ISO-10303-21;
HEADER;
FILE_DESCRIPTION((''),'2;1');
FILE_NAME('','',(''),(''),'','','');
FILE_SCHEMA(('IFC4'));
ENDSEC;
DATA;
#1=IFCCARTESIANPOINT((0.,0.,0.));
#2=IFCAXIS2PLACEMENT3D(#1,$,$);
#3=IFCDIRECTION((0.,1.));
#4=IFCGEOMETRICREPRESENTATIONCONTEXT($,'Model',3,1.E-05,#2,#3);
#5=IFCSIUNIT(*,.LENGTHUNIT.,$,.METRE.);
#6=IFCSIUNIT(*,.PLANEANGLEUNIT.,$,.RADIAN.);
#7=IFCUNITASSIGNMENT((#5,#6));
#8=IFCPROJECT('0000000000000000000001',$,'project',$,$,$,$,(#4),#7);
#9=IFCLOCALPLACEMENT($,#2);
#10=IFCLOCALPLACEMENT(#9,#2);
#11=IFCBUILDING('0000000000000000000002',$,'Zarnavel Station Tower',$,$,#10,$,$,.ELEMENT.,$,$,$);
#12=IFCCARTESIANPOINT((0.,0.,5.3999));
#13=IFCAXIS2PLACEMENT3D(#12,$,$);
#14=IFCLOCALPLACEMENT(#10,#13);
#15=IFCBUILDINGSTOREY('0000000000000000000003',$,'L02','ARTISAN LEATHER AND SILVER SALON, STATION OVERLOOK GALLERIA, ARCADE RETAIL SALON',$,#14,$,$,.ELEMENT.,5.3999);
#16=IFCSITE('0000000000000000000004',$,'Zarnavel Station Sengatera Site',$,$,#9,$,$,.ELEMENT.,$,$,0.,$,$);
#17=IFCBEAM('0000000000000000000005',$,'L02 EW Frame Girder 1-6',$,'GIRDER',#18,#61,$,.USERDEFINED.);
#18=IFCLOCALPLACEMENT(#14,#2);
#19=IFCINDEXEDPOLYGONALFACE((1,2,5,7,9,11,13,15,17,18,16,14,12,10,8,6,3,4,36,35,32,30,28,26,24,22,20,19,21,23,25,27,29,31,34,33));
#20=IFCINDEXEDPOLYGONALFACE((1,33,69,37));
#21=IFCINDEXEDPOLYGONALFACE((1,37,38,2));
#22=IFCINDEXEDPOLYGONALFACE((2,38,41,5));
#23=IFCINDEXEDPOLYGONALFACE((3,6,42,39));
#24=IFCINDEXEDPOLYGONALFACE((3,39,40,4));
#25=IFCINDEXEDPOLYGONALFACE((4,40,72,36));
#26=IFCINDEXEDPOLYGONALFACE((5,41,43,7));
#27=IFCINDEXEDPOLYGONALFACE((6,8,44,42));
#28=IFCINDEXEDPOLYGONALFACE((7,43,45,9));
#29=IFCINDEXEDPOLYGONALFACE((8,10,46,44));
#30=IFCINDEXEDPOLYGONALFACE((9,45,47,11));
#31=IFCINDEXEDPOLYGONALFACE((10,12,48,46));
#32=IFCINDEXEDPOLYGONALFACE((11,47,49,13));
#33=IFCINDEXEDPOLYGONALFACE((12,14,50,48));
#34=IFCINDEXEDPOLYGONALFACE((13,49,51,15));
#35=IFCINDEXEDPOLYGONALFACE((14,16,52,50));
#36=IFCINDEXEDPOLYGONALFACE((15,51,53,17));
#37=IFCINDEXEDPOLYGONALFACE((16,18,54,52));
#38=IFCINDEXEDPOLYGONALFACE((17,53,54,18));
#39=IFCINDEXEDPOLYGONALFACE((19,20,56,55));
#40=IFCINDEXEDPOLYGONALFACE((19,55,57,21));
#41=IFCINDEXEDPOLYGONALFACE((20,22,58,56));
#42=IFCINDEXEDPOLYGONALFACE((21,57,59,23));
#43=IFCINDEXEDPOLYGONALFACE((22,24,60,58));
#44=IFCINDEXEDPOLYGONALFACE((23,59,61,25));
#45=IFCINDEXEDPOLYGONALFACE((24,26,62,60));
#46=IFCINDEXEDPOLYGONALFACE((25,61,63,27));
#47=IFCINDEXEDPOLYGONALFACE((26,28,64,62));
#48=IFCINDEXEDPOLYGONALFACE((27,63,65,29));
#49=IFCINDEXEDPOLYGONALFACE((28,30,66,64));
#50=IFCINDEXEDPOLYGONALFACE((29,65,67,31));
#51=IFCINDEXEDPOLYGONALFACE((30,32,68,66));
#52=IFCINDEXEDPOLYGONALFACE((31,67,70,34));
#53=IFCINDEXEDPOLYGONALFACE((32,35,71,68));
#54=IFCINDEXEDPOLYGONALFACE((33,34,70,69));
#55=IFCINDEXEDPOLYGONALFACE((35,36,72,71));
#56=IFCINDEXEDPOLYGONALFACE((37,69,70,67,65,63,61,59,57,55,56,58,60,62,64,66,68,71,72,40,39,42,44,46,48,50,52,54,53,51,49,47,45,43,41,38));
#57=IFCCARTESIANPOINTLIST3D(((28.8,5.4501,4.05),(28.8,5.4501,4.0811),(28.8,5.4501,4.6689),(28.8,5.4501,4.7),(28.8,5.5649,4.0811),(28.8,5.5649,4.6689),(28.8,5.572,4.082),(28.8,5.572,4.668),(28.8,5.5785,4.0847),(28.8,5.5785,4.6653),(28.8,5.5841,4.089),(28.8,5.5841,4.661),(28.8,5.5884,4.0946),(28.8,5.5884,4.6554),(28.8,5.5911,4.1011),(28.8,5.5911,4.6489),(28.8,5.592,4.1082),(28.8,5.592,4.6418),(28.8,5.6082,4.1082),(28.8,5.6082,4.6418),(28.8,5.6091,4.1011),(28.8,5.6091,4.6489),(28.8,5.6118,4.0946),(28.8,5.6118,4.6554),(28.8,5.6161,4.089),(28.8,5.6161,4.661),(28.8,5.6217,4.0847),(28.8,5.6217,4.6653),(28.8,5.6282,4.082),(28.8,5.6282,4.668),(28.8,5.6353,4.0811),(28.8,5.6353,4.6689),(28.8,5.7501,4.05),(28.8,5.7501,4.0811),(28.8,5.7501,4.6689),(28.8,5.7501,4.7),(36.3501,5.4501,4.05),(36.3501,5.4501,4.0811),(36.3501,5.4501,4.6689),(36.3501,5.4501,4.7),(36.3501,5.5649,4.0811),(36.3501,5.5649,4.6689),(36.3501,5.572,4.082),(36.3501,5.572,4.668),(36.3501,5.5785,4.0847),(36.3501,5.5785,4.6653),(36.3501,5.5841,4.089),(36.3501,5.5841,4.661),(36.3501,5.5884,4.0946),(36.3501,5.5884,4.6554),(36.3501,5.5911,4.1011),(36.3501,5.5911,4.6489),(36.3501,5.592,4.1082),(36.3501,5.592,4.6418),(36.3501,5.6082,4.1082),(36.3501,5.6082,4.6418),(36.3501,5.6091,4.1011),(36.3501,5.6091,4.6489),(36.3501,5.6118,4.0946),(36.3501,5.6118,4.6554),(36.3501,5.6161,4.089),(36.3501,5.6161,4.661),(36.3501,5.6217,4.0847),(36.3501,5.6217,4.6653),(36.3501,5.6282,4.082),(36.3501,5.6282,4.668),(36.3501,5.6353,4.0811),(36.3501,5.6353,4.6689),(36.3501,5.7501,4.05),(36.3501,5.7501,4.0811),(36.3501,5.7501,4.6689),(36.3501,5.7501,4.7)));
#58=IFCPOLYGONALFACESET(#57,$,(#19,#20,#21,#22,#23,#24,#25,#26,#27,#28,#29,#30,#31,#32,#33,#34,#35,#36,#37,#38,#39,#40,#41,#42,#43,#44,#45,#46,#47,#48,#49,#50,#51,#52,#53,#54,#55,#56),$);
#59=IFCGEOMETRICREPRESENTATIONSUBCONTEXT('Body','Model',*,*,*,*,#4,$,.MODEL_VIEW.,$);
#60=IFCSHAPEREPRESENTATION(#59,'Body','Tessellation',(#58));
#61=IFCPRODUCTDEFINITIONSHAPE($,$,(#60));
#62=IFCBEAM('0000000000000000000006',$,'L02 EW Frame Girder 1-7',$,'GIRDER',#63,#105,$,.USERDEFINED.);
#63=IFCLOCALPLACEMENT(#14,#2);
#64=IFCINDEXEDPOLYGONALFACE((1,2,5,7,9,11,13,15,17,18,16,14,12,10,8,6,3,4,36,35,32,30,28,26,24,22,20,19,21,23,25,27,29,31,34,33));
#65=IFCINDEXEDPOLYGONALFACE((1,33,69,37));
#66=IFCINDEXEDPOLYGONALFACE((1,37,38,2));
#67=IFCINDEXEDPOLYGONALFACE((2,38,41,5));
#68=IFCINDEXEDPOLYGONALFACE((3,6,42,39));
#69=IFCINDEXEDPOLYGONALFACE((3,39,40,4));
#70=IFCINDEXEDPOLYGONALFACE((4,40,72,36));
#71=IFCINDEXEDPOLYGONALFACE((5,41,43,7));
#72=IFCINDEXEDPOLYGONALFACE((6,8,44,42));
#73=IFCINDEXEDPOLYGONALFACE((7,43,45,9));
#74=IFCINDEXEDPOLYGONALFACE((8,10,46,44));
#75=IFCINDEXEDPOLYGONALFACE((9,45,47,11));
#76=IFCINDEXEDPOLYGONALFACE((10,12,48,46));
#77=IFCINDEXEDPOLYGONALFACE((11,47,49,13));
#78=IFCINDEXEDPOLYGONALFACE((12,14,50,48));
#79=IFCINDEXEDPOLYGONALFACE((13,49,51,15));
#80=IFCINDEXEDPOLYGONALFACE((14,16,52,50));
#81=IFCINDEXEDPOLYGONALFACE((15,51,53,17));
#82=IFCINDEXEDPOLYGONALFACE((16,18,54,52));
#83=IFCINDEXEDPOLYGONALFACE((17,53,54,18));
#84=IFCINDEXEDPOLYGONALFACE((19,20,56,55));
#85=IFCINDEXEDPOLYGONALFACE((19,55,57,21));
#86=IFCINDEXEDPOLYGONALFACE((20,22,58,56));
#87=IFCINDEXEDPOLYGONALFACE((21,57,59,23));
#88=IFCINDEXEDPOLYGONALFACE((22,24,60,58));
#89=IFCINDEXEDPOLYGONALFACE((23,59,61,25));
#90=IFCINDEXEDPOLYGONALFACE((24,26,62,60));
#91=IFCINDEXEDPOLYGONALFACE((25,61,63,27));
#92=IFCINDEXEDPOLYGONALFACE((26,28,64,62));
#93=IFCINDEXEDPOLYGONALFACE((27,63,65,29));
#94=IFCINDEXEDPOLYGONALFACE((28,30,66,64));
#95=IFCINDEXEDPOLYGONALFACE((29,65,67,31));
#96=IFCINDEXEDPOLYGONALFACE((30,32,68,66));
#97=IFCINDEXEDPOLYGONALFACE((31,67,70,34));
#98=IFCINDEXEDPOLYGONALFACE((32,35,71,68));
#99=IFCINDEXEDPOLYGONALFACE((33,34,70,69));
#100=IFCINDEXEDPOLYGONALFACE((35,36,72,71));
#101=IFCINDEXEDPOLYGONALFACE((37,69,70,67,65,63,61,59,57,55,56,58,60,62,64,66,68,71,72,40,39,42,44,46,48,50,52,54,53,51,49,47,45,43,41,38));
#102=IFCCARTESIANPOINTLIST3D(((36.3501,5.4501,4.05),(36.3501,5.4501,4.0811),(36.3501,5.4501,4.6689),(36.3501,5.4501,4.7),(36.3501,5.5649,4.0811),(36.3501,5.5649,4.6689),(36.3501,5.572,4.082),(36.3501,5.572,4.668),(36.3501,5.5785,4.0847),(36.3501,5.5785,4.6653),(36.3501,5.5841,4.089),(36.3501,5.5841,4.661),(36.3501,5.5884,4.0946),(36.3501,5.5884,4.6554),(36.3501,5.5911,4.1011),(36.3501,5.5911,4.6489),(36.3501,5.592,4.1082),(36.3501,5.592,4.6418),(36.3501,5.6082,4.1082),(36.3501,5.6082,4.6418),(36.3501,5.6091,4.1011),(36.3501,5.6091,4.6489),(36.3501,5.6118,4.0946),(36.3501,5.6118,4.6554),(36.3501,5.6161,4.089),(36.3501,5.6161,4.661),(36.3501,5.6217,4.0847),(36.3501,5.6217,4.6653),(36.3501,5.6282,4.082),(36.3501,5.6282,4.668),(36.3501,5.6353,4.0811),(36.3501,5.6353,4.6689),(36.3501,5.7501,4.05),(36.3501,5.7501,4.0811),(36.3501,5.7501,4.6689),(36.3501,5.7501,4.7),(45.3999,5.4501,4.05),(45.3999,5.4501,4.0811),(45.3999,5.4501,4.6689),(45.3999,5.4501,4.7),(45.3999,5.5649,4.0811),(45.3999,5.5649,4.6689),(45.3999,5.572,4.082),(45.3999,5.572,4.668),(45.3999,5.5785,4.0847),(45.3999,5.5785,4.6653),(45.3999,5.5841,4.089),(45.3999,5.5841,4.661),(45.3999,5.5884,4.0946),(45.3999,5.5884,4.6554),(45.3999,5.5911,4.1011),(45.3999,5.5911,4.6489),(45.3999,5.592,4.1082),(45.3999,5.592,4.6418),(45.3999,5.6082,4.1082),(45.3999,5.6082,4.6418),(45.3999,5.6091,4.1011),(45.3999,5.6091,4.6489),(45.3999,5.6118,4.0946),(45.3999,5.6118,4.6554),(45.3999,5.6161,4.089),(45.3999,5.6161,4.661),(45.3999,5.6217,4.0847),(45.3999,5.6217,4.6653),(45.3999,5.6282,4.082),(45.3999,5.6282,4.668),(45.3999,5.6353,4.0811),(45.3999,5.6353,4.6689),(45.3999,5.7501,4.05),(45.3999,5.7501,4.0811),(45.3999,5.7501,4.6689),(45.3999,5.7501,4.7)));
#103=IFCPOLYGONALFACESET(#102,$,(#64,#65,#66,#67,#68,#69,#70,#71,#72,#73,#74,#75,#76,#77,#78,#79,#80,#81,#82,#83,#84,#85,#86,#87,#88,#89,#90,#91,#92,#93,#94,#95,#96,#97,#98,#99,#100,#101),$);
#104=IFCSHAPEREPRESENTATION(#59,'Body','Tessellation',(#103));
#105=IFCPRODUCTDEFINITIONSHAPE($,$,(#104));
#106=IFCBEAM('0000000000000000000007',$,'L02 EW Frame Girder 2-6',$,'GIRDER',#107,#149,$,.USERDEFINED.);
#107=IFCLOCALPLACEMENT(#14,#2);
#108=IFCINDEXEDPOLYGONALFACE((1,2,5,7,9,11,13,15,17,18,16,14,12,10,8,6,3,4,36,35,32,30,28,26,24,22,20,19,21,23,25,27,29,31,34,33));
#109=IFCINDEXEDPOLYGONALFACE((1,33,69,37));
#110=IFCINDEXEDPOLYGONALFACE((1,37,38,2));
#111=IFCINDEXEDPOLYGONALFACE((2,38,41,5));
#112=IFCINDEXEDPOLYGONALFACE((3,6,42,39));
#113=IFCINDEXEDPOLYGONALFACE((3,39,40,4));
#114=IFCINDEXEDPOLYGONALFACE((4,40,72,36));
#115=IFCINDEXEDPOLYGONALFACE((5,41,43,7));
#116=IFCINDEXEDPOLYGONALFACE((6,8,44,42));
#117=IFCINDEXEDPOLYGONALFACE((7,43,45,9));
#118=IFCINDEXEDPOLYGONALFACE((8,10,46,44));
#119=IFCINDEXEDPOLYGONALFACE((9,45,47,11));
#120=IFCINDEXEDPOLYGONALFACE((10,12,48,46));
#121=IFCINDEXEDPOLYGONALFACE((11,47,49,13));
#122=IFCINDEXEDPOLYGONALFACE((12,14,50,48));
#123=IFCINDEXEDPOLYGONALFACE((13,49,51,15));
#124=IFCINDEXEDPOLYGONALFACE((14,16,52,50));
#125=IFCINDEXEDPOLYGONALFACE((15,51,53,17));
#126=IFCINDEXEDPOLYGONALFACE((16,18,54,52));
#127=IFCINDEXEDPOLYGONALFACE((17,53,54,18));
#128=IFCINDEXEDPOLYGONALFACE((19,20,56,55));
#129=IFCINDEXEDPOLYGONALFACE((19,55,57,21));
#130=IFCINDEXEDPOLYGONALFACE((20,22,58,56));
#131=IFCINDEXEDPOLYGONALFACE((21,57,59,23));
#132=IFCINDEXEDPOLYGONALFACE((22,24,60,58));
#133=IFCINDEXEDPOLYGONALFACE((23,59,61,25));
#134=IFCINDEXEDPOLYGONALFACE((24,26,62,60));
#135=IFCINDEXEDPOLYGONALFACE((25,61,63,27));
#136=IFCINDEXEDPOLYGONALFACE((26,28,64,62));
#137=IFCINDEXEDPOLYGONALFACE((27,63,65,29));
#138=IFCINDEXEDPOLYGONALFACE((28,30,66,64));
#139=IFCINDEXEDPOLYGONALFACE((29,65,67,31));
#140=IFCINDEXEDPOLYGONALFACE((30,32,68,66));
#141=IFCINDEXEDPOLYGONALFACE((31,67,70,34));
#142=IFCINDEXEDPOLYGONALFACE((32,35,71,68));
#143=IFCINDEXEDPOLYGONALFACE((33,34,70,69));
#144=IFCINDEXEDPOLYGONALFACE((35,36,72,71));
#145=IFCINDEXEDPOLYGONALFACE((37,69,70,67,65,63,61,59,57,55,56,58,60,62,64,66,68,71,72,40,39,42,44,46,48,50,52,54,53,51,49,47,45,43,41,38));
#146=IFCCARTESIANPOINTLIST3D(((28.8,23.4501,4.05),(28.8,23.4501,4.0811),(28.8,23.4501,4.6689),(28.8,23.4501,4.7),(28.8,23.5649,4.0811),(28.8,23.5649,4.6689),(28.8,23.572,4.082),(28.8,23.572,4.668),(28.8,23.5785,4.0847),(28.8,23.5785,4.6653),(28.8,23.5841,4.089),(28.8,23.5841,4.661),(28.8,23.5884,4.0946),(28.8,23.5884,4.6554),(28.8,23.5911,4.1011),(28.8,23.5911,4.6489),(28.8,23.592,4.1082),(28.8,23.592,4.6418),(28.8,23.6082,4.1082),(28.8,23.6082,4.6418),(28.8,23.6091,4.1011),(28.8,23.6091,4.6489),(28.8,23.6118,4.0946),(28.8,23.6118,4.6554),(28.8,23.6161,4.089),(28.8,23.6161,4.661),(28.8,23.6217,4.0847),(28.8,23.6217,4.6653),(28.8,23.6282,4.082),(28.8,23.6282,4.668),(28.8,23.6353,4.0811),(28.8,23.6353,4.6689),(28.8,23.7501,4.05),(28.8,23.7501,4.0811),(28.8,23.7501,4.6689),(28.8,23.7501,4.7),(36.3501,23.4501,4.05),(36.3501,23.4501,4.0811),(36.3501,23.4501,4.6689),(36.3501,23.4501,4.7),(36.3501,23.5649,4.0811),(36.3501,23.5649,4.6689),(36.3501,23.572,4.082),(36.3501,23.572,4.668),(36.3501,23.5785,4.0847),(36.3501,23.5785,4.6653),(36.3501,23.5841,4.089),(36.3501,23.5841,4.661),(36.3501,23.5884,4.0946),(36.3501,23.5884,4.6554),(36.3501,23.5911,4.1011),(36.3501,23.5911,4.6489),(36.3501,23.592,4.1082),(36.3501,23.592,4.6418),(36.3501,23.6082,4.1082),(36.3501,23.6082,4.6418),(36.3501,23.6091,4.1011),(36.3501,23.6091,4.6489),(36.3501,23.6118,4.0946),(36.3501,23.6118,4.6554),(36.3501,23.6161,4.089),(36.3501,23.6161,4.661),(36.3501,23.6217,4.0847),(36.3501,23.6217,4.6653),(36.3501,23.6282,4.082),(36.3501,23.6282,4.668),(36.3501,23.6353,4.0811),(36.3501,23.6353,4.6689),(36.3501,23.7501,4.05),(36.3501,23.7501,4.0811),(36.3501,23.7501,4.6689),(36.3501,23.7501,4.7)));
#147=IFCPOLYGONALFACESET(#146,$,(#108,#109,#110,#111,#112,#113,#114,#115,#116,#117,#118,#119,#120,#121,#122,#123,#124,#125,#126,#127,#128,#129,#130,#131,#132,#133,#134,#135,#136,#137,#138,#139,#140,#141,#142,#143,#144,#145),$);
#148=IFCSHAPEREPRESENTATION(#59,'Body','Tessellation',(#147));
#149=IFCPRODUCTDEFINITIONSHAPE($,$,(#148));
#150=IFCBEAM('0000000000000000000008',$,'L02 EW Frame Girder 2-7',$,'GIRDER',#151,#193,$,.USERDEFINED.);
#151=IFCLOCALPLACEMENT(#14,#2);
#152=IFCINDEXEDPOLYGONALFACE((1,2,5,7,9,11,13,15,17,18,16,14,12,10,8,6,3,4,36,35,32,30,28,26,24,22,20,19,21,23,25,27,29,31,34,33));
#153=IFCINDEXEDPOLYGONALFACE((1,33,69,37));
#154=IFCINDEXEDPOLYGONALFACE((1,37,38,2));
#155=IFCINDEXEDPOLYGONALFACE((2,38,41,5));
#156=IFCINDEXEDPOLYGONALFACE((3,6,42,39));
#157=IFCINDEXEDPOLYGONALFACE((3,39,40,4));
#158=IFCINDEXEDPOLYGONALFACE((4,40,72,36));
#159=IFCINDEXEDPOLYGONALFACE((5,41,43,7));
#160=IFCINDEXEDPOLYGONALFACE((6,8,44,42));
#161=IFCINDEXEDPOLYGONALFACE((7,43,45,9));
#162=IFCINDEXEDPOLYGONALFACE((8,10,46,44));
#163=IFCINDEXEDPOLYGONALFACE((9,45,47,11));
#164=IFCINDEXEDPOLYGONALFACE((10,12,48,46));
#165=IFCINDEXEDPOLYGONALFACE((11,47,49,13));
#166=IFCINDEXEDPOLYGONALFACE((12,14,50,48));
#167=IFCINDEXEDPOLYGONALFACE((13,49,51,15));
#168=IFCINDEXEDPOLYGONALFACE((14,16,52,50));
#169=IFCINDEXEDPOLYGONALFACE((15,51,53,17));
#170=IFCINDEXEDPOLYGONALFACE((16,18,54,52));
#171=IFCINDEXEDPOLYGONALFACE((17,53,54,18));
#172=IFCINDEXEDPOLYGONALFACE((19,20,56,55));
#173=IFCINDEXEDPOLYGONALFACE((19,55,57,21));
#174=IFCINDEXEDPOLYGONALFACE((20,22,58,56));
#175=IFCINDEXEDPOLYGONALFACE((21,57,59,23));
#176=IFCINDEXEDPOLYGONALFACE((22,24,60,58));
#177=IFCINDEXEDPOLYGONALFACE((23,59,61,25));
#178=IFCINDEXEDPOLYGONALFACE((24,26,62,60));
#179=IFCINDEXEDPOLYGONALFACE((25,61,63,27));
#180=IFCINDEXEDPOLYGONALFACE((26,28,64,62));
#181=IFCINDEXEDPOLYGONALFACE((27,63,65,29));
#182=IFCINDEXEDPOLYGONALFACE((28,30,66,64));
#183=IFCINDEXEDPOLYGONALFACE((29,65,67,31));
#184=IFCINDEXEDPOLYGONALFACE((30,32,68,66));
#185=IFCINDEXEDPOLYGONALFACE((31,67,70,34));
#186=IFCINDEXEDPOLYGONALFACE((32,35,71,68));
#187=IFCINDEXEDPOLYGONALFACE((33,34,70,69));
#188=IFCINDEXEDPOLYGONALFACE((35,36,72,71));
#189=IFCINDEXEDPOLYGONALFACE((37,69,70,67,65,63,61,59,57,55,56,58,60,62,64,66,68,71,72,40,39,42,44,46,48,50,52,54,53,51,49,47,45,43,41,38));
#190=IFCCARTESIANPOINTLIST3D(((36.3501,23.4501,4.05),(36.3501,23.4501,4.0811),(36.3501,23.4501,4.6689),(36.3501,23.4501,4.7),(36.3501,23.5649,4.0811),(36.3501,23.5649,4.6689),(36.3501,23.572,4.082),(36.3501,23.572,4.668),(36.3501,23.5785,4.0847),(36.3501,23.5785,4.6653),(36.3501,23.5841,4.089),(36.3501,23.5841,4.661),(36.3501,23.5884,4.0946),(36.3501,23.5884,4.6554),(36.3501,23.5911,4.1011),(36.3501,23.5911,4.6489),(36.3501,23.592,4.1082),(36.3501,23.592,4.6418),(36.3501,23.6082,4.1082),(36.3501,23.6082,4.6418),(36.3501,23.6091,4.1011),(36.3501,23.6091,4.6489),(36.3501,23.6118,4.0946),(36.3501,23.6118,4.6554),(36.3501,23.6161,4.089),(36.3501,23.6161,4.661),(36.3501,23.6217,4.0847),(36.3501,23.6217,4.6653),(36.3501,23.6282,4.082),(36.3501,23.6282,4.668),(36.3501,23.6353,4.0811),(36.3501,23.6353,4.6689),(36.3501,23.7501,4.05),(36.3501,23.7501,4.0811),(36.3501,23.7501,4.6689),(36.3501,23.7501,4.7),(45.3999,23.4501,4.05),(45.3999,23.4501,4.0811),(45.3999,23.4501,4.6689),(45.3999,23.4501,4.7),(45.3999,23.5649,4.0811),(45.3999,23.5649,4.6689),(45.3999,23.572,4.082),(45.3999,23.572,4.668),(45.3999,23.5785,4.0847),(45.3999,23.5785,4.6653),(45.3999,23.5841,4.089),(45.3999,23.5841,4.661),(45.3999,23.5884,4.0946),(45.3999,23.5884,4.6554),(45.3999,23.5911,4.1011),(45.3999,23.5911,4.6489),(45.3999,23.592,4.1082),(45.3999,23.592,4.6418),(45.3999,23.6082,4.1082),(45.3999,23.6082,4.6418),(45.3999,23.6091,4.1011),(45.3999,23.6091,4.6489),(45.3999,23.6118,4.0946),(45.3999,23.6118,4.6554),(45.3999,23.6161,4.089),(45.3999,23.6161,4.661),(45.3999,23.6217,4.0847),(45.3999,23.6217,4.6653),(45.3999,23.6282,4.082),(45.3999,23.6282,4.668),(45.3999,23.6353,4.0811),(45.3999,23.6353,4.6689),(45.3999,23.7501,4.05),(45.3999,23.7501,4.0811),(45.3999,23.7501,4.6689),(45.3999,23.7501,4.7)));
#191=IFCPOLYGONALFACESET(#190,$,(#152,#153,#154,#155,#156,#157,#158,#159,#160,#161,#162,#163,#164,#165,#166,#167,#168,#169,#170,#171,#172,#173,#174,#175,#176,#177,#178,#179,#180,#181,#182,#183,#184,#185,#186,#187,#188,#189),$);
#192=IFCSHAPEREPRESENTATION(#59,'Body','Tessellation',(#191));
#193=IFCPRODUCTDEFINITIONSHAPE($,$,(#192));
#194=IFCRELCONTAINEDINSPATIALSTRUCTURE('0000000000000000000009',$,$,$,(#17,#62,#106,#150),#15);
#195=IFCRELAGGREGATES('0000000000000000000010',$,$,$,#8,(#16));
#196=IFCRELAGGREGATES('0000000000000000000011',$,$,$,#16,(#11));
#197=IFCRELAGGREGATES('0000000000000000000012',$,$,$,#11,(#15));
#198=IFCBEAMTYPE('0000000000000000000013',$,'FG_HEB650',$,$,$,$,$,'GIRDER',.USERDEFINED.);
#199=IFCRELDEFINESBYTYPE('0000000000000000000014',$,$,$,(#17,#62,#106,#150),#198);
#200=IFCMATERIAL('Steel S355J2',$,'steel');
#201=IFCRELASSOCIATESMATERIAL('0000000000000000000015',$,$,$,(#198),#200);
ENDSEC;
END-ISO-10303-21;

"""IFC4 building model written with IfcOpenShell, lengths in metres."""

from ifc_helpers import new_model, si_unit, direction, frame, origin, origin_2d, place, context, subcontext, project, spatial, i_section, extrude, material, material_profile, profile_set, type_object, element, save


model = new_model("IFC4")

# Units and contexts
model_context = context("Model", 3, precision=1e-05, world=origin(), true_north=direction((0.0, 1.0)))
body_context = subcontext(model_context, "Body", "Model", "MODEL_VIEW")
ifc_project = project(units=[si_unit("LENGTHUNIT", "METRE"), si_unit("PLANEANGLEUNIT", "RADIAN")], contexts=[model_context])

# Site, building, storey
site_placement = place(None, origin())
site = spatial("IfcSite", under=ifc_project, at=site_placement, Name="Zarnavel Station Sengatera Site", CompositionType="ELEMENT", RefElevation=0.0)
building_placement = place(site_placement, origin())
building = spatial("IfcBuilding", under=site, at=building_placement, Name="Zarnavel Station Tower", CompositionType="ELEMENT")
storey_placement = place(building_placement, frame((0.0, 0.0, 5.3999)))
storey = spatial("IfcBuildingStorey", under=building, at=storey_placement, Name="L02", Description="ARTISAN LEATHER AND SILVER SALON, STATION OVERLOOK GALLERIA, ARCADE RETAIL SALON", CompositionType="ELEMENT", Elevation=5.3999)

# Beams
ifc_material_1 = material(Name="Steel S355J2", Category="steel")
ifc_material_profile_1 = material_profile(ifc_material_1, i_section(OverallWidth=0.3, OverallDepth=0.6499, WebThickness=0.0161, FlangeThickness=0.031, FilletRadius=0.0271, at=origin_2d()), Name="HEB650")
ifc_profile_set_1 = profile_set([ifc_material_profile_1], Name="Steel S355J2")
beam_type_1 = type_object("IfcBeamType", Name="FG_HEB650", ElementType="GIRDER", PredefinedType="USERDEFINED", material=ifc_profile_set_1)
beam_1_placement = place(storey_placement, frame((28.8, 5.6001, 4.375), z_axis=(1.0, 0.0, 0.0), x_axis=(0.0, 1.0, 0.0)))
element("IfcBeam", 1, at=beam_1_placement, inside=storey, type_object=beam_type_1, Name="L02 EW Frame Girder 1-6", ObjectType="GIRDER", PredefinedType="USERDEFINED", context=body_context, shape_type="SweptSolid", body=[
    extrude(i_section(OverallWidth=0.3, OverallDepth=0.6499, WebThickness=0.0161, FlangeThickness=0.031, FilletRadius=0.0271, at=origin_2d()), origin(), (0.0, 0.0, 1.0), 7.55),
])
beam_2_placement = place(storey_placement, frame((36.3501, 5.6001, 4.375), z_axis=(1.0, 0.0, 0.0), x_axis=(0.0, 1.0, 0.0)))
element("IfcBeam", 2, at=beam_2_placement, inside=storey, type_object=beam_type_1, Name="L02 EW Frame Girder 1-7", ObjectType="GIRDER", PredefinedType="USERDEFINED", context=body_context, shape_type="SweptSolid", body=[
    extrude(i_section(OverallWidth=0.3, OverallDepth=0.6499, WebThickness=0.0161, FlangeThickness=0.031, FilletRadius=0.0271, at=origin_2d()), origin(), (0.0, 0.0, 1.0), 9.0498),
])
beam_3_placement = place(storey_placement, frame((28.8, 23.6001, 4.375), z_axis=(1.0, 0.0, 0.0), x_axis=(0.0, 1.0, 0.0)))
element("IfcBeam", 3, at=beam_3_placement, inside=storey, type_object=beam_type_1, Name="L02 EW Frame Girder 2-6", ObjectType="GIRDER", PredefinedType="USERDEFINED", context=body_context, shape_type="SweptSolid", body=[
    extrude(i_section(OverallWidth=0.3, OverallDepth=0.6499, WebThickness=0.0161, FlangeThickness=0.031, FilletRadius=0.0271, at=origin_2d()), origin(), (0.0, 0.0, 1.0), 7.55),
])
beam_4_placement = place(storey_placement, frame((36.3501, 23.6001, 4.375), z_axis=(1.0, 0.0, 0.0), x_axis=(0.0, 1.0, 0.0)))
element("IfcBeam", 4, at=beam_4_placement, inside=storey, type_object=beam_type_1, Name="L02 EW Frame Girder 2-7", ObjectType="GIRDER", PredefinedType="USERDEFINED", context=body_context, shape_type="SweptSolid", body=[
    extrude(i_section(OverallWidth=0.3, OverallDepth=0.6499, WebThickness=0.0161, FlangeThickness=0.031, FilletRadius=0.0271, at=origin_2d()), origin(), (0.0, 0.0, 1.0), 9.0498),
])

save(model, "model.ifc")
